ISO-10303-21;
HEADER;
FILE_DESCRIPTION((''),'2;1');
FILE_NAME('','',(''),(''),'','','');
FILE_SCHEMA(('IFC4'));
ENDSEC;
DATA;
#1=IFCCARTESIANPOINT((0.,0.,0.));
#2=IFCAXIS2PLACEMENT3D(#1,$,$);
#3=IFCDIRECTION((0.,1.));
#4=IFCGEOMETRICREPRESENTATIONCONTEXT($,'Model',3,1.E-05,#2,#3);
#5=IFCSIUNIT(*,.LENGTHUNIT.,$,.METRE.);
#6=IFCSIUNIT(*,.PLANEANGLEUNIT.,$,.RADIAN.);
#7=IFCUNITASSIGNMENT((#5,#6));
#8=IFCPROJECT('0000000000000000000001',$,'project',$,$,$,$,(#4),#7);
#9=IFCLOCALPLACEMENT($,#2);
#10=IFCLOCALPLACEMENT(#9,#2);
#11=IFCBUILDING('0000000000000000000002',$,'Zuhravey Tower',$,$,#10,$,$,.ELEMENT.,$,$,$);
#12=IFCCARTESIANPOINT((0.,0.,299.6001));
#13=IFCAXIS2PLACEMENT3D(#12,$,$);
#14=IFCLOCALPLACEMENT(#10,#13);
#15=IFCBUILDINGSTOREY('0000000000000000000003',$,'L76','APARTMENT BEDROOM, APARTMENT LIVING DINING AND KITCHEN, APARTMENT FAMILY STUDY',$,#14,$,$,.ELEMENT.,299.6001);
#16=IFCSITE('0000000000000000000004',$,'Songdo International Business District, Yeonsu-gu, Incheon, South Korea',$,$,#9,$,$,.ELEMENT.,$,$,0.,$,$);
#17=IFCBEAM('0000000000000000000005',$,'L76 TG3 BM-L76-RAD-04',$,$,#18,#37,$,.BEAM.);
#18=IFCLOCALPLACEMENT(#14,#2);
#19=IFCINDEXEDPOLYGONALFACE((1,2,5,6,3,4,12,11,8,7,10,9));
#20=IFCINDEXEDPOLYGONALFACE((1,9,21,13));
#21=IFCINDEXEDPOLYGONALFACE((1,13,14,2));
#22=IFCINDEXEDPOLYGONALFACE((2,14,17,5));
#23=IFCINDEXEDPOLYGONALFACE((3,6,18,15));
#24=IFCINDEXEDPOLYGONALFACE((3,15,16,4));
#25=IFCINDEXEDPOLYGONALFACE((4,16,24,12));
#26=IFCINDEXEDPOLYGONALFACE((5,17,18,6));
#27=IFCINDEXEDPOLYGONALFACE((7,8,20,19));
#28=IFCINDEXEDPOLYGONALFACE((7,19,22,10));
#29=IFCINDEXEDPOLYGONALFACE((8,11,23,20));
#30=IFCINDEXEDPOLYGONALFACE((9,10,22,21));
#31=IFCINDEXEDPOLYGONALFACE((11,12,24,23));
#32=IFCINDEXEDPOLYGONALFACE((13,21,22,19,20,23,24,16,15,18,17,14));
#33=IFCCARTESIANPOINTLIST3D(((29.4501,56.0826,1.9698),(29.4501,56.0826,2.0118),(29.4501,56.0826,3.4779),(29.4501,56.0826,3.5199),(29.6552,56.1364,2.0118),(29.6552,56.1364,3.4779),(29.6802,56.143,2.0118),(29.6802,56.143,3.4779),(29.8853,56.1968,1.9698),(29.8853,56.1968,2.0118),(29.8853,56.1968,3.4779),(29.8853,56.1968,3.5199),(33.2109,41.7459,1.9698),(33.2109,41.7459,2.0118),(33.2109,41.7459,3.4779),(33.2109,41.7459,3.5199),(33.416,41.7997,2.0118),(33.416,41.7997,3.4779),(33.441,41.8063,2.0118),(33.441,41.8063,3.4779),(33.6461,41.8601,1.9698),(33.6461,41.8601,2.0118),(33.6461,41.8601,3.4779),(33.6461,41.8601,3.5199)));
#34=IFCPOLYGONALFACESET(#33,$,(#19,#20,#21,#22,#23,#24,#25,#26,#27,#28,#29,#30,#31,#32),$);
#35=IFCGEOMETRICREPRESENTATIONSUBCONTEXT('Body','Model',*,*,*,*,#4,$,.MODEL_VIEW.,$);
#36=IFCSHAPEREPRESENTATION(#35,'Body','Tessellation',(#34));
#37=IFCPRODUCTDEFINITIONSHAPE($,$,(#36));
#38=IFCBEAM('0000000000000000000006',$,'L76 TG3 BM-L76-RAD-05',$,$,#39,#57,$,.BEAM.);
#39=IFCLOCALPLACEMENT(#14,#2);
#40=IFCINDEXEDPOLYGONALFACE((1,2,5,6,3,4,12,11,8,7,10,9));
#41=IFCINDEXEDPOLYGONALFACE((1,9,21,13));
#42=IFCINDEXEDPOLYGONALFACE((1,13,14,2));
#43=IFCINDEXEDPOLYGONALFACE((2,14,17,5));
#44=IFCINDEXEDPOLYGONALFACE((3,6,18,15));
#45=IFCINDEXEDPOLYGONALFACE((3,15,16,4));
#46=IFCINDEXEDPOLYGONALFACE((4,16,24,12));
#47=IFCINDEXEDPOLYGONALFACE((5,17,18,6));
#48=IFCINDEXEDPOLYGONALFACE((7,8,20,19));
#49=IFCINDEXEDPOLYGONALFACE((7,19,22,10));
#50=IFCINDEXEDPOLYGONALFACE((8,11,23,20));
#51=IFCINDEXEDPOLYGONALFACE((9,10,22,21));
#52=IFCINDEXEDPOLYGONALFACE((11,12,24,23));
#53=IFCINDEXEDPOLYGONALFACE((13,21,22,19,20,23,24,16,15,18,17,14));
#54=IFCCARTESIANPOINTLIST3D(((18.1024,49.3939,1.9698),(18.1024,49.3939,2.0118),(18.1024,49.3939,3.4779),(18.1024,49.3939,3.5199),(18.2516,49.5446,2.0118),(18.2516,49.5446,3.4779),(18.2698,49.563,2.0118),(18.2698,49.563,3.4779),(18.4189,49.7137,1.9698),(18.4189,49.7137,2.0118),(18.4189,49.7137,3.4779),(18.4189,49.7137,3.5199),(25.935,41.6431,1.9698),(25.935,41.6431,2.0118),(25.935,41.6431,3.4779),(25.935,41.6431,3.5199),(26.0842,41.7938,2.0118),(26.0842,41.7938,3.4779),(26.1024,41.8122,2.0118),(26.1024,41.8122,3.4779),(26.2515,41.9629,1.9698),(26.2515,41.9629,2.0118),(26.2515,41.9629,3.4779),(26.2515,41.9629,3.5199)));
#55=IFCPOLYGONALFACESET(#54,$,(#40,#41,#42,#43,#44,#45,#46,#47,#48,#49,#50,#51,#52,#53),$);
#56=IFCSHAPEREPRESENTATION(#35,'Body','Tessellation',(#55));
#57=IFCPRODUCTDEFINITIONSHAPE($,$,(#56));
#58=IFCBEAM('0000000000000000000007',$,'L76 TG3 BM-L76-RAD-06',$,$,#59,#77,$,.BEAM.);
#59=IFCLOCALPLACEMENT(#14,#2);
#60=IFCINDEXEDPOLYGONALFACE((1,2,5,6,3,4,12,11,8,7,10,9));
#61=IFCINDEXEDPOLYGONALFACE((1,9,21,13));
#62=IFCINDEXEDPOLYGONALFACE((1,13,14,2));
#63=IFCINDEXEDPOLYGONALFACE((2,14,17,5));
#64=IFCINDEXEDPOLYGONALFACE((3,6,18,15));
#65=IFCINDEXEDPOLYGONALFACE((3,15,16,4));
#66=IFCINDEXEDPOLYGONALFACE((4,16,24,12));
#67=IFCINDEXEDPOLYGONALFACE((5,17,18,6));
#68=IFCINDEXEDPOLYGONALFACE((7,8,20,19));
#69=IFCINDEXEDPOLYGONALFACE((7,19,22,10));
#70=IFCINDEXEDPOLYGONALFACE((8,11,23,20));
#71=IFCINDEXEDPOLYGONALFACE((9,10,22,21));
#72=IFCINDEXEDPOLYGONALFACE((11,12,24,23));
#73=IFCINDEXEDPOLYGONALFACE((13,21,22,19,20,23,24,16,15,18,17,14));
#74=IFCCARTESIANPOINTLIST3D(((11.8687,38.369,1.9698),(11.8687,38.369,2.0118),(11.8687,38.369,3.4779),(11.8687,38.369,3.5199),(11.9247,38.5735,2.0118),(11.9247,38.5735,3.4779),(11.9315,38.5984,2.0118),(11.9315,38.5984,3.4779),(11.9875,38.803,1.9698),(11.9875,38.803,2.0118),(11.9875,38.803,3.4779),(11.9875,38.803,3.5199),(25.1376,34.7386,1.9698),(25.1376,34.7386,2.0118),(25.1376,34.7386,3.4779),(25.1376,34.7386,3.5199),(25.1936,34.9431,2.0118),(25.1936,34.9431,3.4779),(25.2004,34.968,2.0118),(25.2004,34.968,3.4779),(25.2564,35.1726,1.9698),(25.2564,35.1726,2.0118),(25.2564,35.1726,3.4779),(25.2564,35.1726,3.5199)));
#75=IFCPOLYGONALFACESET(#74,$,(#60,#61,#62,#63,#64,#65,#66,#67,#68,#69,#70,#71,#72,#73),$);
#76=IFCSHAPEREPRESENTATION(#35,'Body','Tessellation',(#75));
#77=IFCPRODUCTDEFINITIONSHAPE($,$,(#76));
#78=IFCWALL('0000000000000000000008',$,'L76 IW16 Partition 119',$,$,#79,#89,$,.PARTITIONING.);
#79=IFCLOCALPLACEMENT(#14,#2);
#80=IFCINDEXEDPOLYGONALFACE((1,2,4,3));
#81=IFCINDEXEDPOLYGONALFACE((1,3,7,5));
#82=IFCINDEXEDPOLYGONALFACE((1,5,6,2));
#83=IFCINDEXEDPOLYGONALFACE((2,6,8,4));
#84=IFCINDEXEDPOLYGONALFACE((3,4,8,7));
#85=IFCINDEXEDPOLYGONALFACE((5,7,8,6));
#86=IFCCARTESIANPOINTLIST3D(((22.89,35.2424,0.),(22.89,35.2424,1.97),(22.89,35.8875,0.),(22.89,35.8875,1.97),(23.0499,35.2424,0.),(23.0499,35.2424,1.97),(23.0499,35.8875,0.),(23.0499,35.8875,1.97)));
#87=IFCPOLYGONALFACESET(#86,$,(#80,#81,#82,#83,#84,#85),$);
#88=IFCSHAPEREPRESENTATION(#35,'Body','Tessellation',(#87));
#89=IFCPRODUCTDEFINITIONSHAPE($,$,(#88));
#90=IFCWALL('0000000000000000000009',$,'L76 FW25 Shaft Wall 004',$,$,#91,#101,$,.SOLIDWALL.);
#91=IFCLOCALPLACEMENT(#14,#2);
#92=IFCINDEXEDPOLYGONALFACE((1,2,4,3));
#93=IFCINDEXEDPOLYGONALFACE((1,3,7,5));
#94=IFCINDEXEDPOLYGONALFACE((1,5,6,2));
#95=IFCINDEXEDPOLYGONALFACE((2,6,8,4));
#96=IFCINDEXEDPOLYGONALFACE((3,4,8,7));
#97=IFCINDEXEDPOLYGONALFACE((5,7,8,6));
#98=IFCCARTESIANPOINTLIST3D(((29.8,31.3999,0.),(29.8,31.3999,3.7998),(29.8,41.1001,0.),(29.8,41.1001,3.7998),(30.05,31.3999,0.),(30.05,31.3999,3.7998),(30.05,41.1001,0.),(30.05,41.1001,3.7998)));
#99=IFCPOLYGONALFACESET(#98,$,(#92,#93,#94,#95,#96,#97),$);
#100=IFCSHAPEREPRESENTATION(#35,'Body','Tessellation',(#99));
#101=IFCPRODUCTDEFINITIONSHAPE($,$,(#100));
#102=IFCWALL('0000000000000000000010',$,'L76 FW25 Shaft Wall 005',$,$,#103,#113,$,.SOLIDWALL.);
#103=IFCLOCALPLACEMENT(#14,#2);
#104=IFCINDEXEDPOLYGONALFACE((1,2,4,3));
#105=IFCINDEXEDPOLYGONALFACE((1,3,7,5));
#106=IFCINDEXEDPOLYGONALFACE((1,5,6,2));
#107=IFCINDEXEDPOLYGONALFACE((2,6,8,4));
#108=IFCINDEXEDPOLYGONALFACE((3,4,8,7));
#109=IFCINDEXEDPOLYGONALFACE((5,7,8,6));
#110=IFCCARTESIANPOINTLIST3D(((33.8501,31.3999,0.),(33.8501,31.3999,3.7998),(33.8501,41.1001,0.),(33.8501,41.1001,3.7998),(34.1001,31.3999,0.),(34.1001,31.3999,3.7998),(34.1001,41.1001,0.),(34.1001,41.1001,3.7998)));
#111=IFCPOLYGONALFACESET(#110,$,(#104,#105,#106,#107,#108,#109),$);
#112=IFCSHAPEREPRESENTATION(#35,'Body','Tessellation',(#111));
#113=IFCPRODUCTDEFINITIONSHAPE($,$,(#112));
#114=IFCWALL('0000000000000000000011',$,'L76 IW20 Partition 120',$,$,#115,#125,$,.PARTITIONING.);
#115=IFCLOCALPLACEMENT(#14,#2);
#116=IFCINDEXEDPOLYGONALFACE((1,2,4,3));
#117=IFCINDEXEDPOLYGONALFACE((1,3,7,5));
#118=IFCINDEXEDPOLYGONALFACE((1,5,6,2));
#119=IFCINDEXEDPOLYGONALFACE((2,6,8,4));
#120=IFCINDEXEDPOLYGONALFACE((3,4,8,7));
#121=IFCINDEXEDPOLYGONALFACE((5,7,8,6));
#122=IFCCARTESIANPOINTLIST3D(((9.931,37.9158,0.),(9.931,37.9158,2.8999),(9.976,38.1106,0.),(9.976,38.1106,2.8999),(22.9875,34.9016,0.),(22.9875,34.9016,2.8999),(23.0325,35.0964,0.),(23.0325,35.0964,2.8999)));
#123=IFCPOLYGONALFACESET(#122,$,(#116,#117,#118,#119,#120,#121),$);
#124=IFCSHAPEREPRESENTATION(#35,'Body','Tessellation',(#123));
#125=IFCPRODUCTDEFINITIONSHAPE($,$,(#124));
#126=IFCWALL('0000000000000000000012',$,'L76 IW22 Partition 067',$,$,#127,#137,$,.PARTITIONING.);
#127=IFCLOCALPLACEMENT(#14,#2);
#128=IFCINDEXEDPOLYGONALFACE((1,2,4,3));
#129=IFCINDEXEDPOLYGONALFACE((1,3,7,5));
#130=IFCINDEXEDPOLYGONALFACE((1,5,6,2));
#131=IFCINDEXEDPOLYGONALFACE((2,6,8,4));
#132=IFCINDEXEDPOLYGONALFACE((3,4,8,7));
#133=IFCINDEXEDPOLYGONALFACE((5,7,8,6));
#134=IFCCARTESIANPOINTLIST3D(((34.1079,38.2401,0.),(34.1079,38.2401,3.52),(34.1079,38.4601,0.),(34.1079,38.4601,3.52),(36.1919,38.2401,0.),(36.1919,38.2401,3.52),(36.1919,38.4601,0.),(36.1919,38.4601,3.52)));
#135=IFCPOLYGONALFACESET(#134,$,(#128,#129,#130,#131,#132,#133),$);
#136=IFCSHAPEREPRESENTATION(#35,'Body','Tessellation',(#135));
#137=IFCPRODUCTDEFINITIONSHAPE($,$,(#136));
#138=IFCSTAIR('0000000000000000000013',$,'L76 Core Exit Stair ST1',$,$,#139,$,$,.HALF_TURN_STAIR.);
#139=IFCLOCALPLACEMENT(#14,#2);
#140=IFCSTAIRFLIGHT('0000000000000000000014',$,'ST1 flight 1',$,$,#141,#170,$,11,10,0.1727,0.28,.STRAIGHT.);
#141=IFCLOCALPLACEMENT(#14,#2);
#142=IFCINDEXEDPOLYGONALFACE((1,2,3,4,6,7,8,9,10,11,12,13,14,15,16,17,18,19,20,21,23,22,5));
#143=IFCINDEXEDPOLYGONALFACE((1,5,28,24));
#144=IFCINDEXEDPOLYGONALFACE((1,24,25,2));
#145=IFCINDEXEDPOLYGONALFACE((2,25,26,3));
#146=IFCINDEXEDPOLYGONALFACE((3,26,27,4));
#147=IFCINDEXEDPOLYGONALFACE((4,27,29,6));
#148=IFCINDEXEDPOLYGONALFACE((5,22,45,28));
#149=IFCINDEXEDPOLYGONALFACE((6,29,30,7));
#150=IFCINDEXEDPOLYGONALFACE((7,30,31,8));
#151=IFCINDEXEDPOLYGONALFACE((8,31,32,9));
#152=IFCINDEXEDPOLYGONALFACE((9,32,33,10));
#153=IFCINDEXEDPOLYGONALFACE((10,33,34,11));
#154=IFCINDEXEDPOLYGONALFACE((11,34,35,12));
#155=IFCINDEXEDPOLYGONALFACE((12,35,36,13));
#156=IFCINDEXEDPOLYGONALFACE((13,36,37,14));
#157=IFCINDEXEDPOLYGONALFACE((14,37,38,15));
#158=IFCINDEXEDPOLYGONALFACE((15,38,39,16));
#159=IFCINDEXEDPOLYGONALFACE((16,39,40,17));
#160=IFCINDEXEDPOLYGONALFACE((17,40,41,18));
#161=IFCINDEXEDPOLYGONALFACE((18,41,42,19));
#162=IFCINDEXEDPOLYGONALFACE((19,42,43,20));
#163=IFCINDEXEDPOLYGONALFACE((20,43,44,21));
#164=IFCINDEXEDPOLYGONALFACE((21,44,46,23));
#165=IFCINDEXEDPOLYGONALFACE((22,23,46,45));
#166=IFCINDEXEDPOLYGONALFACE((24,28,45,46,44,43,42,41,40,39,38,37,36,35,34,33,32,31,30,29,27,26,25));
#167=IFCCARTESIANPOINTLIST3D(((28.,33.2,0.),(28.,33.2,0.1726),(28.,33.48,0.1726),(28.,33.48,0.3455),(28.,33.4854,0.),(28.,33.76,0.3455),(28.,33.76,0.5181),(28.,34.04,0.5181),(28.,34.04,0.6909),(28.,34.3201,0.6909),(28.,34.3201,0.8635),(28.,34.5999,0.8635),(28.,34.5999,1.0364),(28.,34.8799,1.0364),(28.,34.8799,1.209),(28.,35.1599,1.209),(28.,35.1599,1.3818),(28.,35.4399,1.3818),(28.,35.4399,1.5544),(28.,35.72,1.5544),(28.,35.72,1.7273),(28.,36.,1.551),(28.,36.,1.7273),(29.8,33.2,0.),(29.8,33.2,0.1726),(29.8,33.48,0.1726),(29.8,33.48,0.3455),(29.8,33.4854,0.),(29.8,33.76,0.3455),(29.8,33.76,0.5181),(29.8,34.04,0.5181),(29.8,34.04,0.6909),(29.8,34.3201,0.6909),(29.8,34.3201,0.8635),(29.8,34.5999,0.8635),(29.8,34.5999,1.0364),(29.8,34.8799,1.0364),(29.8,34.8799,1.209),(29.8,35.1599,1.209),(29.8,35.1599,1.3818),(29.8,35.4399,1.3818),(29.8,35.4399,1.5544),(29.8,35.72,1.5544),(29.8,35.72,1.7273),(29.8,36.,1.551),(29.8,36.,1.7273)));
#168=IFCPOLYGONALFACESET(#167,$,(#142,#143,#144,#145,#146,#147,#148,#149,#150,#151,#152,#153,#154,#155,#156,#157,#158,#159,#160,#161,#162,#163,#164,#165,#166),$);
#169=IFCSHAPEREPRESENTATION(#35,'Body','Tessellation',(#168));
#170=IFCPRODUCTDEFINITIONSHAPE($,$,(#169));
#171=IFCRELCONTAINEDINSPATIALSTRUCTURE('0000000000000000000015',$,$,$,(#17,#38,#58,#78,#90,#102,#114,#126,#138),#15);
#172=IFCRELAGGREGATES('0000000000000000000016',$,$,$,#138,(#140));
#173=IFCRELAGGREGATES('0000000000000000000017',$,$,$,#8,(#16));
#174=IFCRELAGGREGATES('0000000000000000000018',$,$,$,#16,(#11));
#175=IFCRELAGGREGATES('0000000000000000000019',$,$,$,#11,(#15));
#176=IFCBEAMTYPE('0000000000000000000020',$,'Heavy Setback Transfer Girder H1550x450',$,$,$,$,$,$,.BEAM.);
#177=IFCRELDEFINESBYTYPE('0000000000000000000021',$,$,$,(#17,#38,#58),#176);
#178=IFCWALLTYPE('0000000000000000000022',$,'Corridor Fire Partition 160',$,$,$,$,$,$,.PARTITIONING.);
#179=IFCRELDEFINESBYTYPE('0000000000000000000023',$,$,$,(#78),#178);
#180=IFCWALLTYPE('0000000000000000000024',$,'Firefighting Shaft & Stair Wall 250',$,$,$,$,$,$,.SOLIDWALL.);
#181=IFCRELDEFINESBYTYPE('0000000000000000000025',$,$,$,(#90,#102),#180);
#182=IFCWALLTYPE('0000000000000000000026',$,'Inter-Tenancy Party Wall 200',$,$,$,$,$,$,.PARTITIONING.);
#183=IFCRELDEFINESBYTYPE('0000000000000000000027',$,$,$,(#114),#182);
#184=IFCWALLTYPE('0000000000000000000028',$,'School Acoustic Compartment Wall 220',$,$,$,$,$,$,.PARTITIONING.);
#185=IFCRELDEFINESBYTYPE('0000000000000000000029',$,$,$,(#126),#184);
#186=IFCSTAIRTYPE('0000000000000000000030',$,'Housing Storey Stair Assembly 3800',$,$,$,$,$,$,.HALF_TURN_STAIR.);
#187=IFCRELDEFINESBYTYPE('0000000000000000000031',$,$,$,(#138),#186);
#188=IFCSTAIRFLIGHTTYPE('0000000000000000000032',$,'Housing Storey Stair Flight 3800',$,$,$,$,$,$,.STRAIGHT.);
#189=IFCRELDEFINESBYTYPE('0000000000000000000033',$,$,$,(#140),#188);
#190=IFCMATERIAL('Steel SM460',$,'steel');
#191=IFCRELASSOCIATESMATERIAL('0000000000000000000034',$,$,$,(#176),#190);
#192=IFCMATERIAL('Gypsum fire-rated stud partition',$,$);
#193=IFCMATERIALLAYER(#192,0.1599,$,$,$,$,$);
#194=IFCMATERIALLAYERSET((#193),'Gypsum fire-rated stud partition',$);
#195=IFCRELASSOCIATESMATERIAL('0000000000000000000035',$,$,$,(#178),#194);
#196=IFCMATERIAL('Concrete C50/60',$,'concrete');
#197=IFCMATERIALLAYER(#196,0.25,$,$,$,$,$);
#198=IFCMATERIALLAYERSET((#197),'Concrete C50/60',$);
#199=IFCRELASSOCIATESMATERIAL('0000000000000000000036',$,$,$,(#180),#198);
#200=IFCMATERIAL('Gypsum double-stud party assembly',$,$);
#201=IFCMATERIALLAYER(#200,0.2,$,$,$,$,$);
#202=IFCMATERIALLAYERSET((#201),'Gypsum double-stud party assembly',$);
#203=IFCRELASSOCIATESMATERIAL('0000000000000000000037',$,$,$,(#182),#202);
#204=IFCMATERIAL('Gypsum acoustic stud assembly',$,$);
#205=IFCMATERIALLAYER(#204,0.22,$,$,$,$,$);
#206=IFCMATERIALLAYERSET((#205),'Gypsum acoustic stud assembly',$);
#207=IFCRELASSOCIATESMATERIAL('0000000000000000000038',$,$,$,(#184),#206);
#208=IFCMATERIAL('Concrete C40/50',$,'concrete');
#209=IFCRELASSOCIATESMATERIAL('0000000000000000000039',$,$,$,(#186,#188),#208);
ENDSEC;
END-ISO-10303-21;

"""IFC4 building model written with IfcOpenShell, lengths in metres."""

from ifc_helpers import new_model, si_unit, direction, frame, frame_2d, origin, origin_2d, place, context, subcontext, project, spatial, polyline, rectangle, i_section, outline, extrude, material, layer, layer_set, material_profile, profile_set, type_object, element, aggregate, save


model = new_model("IFC4")

# Units and contexts
model_context = context("Model", 3, precision=1e-05, world=origin(), true_north=direction((0.0, 1.0)))
body_context = subcontext(model_context, "Body", "Model", "MODEL_VIEW")
ifc_project = project(units=[si_unit("LENGTHUNIT", "METRE"), si_unit("PLANEANGLEUNIT", "RADIAN")], contexts=[model_context])

# Site, building, storey
site_placement = place(None, origin())
site = spatial("IfcSite", under=ifc_project, at=site_placement, Name="Songdo International Business District, Yeonsu-gu, Incheon, South Korea", CompositionType="ELEMENT", RefElevation=0.0)
building_placement = place(site_placement, origin())
building = spatial("IfcBuilding", under=site, at=building_placement, Name="Zuhravey Tower", CompositionType="ELEMENT")
storey_placement = place(building_placement, frame((0.0, 0.0, 299.6001)))
storey = spatial("IfcBuildingStorey", under=building, at=storey_placement, Name="L76", Description="APARTMENT BEDROOM, APARTMENT LIVING DINING AND KITCHEN, APARTMENT FAMILY STUDY", CompositionType="ELEMENT", Elevation=299.6001)

# Beams
ifc_material_1 = material(Name="Steel SM460", Category="steel")
ifc_material_profile = material_profile(ifc_material_1, i_section(OverallWidth=0.45, OverallDepth=1.55, WebThickness=0.0259, FlangeThickness=0.042, at=origin_2d()), Name="H-1550x450x26x42")
ifc_profile_set = profile_set([ifc_material_profile], Name="Steel SM460")
beam_type = type_object("IfcBeamType", Name="Heavy Setback Transfer Girder H1550x450", PredefinedType="BEAM", material=ifc_profile_set)
beam_1_placement = place(storey_placement, frame((33.4285, 41.803, 2.7449), z_axis=(-0.253732, 0.967275, 0.0), x_axis=(-0.967275, -0.253732, 0.0)))
element("IfcBeam", 1, at=beam_1_placement, inside=storey, type_object=beam_type, Name="L76 TG3 BM-L76-RAD-04", PredefinedType="BEAM", context=body_context, shape_type="SweptSolid", body=[
    extrude(i_section(OverallWidth=0.45, OverallDepth=1.55, WebThickness=0.0259, FlangeThickness=0.042, at=origin_2d()), origin(), (0.0, 0.0, 1.0), 14.8218),
])
beam_2_placement = place(storey_placement, frame((26.0933, 41.803, 2.7449), z_axis=(-0.710808, 0.703386, 0.0), x_axis=(-0.703386, -0.710808, 0.0)))
element("IfcBeam", 2, at=beam_2_placement, inside=storey, type_object=beam_type, Name="L76 TG3 BM-L76-RAD-05", PredefinedType="BEAM", context=body_context, shape_type="SweptSolid", body=[
    extrude(i_section(OverallWidth=0.45, OverallDepth=1.55, WebThickness=0.0259, FlangeThickness=0.042, at=origin_2d()), origin(), (0.0, 0.0, 1.0), 11.0193),
])
beam_3_placement = place(storey_placement, frame((25.197, 34.9556, 2.7449), z_axis=(-0.964549, 0.263903, 0.0), x_axis=(-0.263903, -0.964549, 0.0)))
element("IfcBeam", 3, at=beam_3_placement, inside=storey, type_object=beam_type, Name="L76 TG3 BM-L76-RAD-06", PredefinedType="BEAM", context=body_context, shape_type="SweptSolid", body=[
    extrude(i_section(OverallWidth=0.45, OverallDepth=1.55, WebThickness=0.0259, FlangeThickness=0.042, at=origin_2d()), origin(), (0.0, 0.0, 1.0), 13.7566),
])

# Wall
ifc_material_2 = material(Name="Gypsum fire-rated stud partition")
ifc_layer_1 = layer(ifc_material_2, 0.1599)
ifc_layer_set_1 = layer_set([ifc_layer_1], Name="Gypsum fire-rated stud partition")
wall_type_1 = type_object("IfcWallType", Name="Corridor Fire Partition 160", PredefinedType="PARTITIONING", material=ifc_layer_set_1)
wall_1_placement = place(storey_placement, frame((22.97, 35.8875, 0.0), z_axis=(0.0, 0.0, 1.0), x_axis=(0.0, -1.0, 0.0)))
element("IfcWall", 4, at=wall_1_placement, inside=storey, type_object=wall_type_1, Name="L76 IW16 Partition 119", PredefinedType="PARTITIONING", context=body_context, shape_type="SweptSolid", body=[
    extrude(rectangle(XDim=0.645, YDim=0.1599, at=frame_2d((0.3225, 0.0))), origin(), (0.0, 0.0, 1.0), 1.97),
])

# Shared definitions
ifc_material_3 = material(Name="Concrete C50/60", Category="concrete")
ifc_layer_2 = layer(ifc_material_3, 0.25)
ifc_layer_set_2 = layer_set([ifc_layer_2], Name="Concrete C50/60")
wall_type_2 = type_object("IfcWallType", Name="Firefighting Shaft & Stair Wall 250", PredefinedType="SOLIDWALL", material=ifc_layer_set_2)

# Walls
for number, where, z_axis, x_axis, name in (
    (5, (29.925, 31.3999, 0.0), (0.0, 0.0, 1.0), (0.0, 1.0, 0.0), "L76 FW25 Shaft Wall 004"),
    (6, (33.9751, 31.3999, 0.0), (0.0, 0.0, 1.0), (0.0, 1.0, 0.0), "L76 FW25 Shaft Wall 005"),
):
    element("IfcWall", number, at=place(storey_placement, frame(where, z_axis=z_axis, x_axis=x_axis)), inside=storey, type_object=wall_type_2, Name=name, PredefinedType="SOLIDWALL", context=body_context, shape_type="SweptSolid", body=[
        extrude(rectangle(XDim=9.7002, YDim=0.25, at=frame_2d((4.8501, 0.0))), origin(), (0.0, 0.0, 1.0), 3.7998),
    ])
ifc_material_4 = material(Name="Gypsum double-stud party assembly")
ifc_layer_3 = layer(ifc_material_4, 0.2)
ifc_layer_set_3 = layer_set([ifc_layer_3], Name="Gypsum double-stud party assembly")
wall_type_3 = type_object("IfcWallType", Name="Inter-Tenancy Party Wall 200", PredefinedType="PARTITIONING", material=ifc_layer_set_3)
wall_2_placement = place(storey_placement, frame((23.01, 34.999, 0.0), z_axis=(0.0, 0.0, 1.0), x_axis=(-0.974372, 0.224941, 0.0)))
element("IfcWall", 7, at=wall_2_placement, inside=storey, type_object=wall_type_3, Name="L76 IW20 Partition 120", PredefinedType="PARTITIONING", context=body_context, shape_type="SweptSolid", body=[
    extrude(rectangle(XDim=13.3999, YDim=0.2, at=frame_2d((6.7, 0.0))), origin(), (0.0, 0.0, 1.0), 2.8999),
])
ifc_material_5 = material(Name="Gypsum acoustic stud assembly")
ifc_layer_4 = layer(ifc_material_5, 0.22)
ifc_layer_set_4 = layer_set([ifc_layer_4], Name="Gypsum acoustic stud assembly")
wall_type_4 = type_object("IfcWallType", Name="School Acoustic Compartment Wall 220", PredefinedType="PARTITIONING", material=ifc_layer_set_4)
wall_3_placement = place(storey_placement, frame((34.1079, 38.3501, 0.0), z_axis=(0.0, 0.0, 1.0), x_axis=(1.0, 0.0, 0.0)))
element("IfcWall", 8, at=wall_3_placement, inside=storey, type_object=wall_type_4, Name="L76 IW22 Partition 067", PredefinedType="PARTITIONING", context=body_context, shape_type="SweptSolid", body=[
    extrude(rectangle(XDim=2.084, YDim=0.22, at=frame_2d((1.042, 0.0))), origin(), (0.0, 0.0, 1.0), 3.52),
])

# Stair, stair flight
ifc_material_6 = material(Name="Concrete C40/50", Category="concrete")
stair_type = type_object("IfcStairType", Name="Housing Storey Stair Assembly 3800", PredefinedType="HALF_TURN_STAIR", material=ifc_material_6)
stair_1_placement = place(storey_placement, origin())
stair_1 = element("IfcStair", 9, at=stair_1_placement, inside=storey, type_object=stair_type, Name="L76 Core Exit Stair ST1", PredefinedType="HALF_TURN_STAIR")
stair_flight_type = type_object("IfcStairFlightType", Name="Housing Storey Stair Flight 3800", PredefinedType="STRAIGHT", material=ifc_material_6)
stair_flight_1_placement = place(storey_placement, frame((28.8999, 33.2, 0.0), z_axis=(0.0, 0.0, 1.0), x_axis=(0.0, 1.0, 0.0)))
stair_flight_1 = element("IfcStairFlight", 10, at=stair_flight_1_placement, type_object=stair_flight_type, Name="ST1 flight 1", NumberOfRisers=11, NumberOfTreads=10, PredefinedType="STRAIGHT", RiserHeight=0.1727, TreadLength=0.28, context=body_context, shape_type="SweptSolid", body=[
    extrude(outline(polyline([(0.0, 0.0), (0.0, 0.1726), (0.28, 0.1726), (0.28, 0.3455), (0.5601, 0.3455), (0.5601, 0.5181), (0.8401, 0.5181), (0.8401, 0.6909), (1.1201, 0.6909), (1.1201, 0.8635), (1.3999, 0.8635), (1.3999, 1.0364), (1.6799, 1.0364), (1.6799, 1.209), (1.96, 1.209), (1.96, 1.3818), (2.24, 1.3818), (2.24, 1.5544), (2.52, 1.5544), (2.52, 1.7273), (2.8, 1.7273), (2.8, 1.8999), (2.8, 1.551), (0.2854, 0.0), (0.0, 0.0)])), frame((0.0, 0.8999, 0.0), z_axis=(0.0, -1.0, 0.0), x_axis=(1.0, 0.0, 0.0)), (0.0, 0.0, 1.0), 1.8),
])
aggregate(stair_1, [stair_flight_1])

save(model, "model.ifc")
